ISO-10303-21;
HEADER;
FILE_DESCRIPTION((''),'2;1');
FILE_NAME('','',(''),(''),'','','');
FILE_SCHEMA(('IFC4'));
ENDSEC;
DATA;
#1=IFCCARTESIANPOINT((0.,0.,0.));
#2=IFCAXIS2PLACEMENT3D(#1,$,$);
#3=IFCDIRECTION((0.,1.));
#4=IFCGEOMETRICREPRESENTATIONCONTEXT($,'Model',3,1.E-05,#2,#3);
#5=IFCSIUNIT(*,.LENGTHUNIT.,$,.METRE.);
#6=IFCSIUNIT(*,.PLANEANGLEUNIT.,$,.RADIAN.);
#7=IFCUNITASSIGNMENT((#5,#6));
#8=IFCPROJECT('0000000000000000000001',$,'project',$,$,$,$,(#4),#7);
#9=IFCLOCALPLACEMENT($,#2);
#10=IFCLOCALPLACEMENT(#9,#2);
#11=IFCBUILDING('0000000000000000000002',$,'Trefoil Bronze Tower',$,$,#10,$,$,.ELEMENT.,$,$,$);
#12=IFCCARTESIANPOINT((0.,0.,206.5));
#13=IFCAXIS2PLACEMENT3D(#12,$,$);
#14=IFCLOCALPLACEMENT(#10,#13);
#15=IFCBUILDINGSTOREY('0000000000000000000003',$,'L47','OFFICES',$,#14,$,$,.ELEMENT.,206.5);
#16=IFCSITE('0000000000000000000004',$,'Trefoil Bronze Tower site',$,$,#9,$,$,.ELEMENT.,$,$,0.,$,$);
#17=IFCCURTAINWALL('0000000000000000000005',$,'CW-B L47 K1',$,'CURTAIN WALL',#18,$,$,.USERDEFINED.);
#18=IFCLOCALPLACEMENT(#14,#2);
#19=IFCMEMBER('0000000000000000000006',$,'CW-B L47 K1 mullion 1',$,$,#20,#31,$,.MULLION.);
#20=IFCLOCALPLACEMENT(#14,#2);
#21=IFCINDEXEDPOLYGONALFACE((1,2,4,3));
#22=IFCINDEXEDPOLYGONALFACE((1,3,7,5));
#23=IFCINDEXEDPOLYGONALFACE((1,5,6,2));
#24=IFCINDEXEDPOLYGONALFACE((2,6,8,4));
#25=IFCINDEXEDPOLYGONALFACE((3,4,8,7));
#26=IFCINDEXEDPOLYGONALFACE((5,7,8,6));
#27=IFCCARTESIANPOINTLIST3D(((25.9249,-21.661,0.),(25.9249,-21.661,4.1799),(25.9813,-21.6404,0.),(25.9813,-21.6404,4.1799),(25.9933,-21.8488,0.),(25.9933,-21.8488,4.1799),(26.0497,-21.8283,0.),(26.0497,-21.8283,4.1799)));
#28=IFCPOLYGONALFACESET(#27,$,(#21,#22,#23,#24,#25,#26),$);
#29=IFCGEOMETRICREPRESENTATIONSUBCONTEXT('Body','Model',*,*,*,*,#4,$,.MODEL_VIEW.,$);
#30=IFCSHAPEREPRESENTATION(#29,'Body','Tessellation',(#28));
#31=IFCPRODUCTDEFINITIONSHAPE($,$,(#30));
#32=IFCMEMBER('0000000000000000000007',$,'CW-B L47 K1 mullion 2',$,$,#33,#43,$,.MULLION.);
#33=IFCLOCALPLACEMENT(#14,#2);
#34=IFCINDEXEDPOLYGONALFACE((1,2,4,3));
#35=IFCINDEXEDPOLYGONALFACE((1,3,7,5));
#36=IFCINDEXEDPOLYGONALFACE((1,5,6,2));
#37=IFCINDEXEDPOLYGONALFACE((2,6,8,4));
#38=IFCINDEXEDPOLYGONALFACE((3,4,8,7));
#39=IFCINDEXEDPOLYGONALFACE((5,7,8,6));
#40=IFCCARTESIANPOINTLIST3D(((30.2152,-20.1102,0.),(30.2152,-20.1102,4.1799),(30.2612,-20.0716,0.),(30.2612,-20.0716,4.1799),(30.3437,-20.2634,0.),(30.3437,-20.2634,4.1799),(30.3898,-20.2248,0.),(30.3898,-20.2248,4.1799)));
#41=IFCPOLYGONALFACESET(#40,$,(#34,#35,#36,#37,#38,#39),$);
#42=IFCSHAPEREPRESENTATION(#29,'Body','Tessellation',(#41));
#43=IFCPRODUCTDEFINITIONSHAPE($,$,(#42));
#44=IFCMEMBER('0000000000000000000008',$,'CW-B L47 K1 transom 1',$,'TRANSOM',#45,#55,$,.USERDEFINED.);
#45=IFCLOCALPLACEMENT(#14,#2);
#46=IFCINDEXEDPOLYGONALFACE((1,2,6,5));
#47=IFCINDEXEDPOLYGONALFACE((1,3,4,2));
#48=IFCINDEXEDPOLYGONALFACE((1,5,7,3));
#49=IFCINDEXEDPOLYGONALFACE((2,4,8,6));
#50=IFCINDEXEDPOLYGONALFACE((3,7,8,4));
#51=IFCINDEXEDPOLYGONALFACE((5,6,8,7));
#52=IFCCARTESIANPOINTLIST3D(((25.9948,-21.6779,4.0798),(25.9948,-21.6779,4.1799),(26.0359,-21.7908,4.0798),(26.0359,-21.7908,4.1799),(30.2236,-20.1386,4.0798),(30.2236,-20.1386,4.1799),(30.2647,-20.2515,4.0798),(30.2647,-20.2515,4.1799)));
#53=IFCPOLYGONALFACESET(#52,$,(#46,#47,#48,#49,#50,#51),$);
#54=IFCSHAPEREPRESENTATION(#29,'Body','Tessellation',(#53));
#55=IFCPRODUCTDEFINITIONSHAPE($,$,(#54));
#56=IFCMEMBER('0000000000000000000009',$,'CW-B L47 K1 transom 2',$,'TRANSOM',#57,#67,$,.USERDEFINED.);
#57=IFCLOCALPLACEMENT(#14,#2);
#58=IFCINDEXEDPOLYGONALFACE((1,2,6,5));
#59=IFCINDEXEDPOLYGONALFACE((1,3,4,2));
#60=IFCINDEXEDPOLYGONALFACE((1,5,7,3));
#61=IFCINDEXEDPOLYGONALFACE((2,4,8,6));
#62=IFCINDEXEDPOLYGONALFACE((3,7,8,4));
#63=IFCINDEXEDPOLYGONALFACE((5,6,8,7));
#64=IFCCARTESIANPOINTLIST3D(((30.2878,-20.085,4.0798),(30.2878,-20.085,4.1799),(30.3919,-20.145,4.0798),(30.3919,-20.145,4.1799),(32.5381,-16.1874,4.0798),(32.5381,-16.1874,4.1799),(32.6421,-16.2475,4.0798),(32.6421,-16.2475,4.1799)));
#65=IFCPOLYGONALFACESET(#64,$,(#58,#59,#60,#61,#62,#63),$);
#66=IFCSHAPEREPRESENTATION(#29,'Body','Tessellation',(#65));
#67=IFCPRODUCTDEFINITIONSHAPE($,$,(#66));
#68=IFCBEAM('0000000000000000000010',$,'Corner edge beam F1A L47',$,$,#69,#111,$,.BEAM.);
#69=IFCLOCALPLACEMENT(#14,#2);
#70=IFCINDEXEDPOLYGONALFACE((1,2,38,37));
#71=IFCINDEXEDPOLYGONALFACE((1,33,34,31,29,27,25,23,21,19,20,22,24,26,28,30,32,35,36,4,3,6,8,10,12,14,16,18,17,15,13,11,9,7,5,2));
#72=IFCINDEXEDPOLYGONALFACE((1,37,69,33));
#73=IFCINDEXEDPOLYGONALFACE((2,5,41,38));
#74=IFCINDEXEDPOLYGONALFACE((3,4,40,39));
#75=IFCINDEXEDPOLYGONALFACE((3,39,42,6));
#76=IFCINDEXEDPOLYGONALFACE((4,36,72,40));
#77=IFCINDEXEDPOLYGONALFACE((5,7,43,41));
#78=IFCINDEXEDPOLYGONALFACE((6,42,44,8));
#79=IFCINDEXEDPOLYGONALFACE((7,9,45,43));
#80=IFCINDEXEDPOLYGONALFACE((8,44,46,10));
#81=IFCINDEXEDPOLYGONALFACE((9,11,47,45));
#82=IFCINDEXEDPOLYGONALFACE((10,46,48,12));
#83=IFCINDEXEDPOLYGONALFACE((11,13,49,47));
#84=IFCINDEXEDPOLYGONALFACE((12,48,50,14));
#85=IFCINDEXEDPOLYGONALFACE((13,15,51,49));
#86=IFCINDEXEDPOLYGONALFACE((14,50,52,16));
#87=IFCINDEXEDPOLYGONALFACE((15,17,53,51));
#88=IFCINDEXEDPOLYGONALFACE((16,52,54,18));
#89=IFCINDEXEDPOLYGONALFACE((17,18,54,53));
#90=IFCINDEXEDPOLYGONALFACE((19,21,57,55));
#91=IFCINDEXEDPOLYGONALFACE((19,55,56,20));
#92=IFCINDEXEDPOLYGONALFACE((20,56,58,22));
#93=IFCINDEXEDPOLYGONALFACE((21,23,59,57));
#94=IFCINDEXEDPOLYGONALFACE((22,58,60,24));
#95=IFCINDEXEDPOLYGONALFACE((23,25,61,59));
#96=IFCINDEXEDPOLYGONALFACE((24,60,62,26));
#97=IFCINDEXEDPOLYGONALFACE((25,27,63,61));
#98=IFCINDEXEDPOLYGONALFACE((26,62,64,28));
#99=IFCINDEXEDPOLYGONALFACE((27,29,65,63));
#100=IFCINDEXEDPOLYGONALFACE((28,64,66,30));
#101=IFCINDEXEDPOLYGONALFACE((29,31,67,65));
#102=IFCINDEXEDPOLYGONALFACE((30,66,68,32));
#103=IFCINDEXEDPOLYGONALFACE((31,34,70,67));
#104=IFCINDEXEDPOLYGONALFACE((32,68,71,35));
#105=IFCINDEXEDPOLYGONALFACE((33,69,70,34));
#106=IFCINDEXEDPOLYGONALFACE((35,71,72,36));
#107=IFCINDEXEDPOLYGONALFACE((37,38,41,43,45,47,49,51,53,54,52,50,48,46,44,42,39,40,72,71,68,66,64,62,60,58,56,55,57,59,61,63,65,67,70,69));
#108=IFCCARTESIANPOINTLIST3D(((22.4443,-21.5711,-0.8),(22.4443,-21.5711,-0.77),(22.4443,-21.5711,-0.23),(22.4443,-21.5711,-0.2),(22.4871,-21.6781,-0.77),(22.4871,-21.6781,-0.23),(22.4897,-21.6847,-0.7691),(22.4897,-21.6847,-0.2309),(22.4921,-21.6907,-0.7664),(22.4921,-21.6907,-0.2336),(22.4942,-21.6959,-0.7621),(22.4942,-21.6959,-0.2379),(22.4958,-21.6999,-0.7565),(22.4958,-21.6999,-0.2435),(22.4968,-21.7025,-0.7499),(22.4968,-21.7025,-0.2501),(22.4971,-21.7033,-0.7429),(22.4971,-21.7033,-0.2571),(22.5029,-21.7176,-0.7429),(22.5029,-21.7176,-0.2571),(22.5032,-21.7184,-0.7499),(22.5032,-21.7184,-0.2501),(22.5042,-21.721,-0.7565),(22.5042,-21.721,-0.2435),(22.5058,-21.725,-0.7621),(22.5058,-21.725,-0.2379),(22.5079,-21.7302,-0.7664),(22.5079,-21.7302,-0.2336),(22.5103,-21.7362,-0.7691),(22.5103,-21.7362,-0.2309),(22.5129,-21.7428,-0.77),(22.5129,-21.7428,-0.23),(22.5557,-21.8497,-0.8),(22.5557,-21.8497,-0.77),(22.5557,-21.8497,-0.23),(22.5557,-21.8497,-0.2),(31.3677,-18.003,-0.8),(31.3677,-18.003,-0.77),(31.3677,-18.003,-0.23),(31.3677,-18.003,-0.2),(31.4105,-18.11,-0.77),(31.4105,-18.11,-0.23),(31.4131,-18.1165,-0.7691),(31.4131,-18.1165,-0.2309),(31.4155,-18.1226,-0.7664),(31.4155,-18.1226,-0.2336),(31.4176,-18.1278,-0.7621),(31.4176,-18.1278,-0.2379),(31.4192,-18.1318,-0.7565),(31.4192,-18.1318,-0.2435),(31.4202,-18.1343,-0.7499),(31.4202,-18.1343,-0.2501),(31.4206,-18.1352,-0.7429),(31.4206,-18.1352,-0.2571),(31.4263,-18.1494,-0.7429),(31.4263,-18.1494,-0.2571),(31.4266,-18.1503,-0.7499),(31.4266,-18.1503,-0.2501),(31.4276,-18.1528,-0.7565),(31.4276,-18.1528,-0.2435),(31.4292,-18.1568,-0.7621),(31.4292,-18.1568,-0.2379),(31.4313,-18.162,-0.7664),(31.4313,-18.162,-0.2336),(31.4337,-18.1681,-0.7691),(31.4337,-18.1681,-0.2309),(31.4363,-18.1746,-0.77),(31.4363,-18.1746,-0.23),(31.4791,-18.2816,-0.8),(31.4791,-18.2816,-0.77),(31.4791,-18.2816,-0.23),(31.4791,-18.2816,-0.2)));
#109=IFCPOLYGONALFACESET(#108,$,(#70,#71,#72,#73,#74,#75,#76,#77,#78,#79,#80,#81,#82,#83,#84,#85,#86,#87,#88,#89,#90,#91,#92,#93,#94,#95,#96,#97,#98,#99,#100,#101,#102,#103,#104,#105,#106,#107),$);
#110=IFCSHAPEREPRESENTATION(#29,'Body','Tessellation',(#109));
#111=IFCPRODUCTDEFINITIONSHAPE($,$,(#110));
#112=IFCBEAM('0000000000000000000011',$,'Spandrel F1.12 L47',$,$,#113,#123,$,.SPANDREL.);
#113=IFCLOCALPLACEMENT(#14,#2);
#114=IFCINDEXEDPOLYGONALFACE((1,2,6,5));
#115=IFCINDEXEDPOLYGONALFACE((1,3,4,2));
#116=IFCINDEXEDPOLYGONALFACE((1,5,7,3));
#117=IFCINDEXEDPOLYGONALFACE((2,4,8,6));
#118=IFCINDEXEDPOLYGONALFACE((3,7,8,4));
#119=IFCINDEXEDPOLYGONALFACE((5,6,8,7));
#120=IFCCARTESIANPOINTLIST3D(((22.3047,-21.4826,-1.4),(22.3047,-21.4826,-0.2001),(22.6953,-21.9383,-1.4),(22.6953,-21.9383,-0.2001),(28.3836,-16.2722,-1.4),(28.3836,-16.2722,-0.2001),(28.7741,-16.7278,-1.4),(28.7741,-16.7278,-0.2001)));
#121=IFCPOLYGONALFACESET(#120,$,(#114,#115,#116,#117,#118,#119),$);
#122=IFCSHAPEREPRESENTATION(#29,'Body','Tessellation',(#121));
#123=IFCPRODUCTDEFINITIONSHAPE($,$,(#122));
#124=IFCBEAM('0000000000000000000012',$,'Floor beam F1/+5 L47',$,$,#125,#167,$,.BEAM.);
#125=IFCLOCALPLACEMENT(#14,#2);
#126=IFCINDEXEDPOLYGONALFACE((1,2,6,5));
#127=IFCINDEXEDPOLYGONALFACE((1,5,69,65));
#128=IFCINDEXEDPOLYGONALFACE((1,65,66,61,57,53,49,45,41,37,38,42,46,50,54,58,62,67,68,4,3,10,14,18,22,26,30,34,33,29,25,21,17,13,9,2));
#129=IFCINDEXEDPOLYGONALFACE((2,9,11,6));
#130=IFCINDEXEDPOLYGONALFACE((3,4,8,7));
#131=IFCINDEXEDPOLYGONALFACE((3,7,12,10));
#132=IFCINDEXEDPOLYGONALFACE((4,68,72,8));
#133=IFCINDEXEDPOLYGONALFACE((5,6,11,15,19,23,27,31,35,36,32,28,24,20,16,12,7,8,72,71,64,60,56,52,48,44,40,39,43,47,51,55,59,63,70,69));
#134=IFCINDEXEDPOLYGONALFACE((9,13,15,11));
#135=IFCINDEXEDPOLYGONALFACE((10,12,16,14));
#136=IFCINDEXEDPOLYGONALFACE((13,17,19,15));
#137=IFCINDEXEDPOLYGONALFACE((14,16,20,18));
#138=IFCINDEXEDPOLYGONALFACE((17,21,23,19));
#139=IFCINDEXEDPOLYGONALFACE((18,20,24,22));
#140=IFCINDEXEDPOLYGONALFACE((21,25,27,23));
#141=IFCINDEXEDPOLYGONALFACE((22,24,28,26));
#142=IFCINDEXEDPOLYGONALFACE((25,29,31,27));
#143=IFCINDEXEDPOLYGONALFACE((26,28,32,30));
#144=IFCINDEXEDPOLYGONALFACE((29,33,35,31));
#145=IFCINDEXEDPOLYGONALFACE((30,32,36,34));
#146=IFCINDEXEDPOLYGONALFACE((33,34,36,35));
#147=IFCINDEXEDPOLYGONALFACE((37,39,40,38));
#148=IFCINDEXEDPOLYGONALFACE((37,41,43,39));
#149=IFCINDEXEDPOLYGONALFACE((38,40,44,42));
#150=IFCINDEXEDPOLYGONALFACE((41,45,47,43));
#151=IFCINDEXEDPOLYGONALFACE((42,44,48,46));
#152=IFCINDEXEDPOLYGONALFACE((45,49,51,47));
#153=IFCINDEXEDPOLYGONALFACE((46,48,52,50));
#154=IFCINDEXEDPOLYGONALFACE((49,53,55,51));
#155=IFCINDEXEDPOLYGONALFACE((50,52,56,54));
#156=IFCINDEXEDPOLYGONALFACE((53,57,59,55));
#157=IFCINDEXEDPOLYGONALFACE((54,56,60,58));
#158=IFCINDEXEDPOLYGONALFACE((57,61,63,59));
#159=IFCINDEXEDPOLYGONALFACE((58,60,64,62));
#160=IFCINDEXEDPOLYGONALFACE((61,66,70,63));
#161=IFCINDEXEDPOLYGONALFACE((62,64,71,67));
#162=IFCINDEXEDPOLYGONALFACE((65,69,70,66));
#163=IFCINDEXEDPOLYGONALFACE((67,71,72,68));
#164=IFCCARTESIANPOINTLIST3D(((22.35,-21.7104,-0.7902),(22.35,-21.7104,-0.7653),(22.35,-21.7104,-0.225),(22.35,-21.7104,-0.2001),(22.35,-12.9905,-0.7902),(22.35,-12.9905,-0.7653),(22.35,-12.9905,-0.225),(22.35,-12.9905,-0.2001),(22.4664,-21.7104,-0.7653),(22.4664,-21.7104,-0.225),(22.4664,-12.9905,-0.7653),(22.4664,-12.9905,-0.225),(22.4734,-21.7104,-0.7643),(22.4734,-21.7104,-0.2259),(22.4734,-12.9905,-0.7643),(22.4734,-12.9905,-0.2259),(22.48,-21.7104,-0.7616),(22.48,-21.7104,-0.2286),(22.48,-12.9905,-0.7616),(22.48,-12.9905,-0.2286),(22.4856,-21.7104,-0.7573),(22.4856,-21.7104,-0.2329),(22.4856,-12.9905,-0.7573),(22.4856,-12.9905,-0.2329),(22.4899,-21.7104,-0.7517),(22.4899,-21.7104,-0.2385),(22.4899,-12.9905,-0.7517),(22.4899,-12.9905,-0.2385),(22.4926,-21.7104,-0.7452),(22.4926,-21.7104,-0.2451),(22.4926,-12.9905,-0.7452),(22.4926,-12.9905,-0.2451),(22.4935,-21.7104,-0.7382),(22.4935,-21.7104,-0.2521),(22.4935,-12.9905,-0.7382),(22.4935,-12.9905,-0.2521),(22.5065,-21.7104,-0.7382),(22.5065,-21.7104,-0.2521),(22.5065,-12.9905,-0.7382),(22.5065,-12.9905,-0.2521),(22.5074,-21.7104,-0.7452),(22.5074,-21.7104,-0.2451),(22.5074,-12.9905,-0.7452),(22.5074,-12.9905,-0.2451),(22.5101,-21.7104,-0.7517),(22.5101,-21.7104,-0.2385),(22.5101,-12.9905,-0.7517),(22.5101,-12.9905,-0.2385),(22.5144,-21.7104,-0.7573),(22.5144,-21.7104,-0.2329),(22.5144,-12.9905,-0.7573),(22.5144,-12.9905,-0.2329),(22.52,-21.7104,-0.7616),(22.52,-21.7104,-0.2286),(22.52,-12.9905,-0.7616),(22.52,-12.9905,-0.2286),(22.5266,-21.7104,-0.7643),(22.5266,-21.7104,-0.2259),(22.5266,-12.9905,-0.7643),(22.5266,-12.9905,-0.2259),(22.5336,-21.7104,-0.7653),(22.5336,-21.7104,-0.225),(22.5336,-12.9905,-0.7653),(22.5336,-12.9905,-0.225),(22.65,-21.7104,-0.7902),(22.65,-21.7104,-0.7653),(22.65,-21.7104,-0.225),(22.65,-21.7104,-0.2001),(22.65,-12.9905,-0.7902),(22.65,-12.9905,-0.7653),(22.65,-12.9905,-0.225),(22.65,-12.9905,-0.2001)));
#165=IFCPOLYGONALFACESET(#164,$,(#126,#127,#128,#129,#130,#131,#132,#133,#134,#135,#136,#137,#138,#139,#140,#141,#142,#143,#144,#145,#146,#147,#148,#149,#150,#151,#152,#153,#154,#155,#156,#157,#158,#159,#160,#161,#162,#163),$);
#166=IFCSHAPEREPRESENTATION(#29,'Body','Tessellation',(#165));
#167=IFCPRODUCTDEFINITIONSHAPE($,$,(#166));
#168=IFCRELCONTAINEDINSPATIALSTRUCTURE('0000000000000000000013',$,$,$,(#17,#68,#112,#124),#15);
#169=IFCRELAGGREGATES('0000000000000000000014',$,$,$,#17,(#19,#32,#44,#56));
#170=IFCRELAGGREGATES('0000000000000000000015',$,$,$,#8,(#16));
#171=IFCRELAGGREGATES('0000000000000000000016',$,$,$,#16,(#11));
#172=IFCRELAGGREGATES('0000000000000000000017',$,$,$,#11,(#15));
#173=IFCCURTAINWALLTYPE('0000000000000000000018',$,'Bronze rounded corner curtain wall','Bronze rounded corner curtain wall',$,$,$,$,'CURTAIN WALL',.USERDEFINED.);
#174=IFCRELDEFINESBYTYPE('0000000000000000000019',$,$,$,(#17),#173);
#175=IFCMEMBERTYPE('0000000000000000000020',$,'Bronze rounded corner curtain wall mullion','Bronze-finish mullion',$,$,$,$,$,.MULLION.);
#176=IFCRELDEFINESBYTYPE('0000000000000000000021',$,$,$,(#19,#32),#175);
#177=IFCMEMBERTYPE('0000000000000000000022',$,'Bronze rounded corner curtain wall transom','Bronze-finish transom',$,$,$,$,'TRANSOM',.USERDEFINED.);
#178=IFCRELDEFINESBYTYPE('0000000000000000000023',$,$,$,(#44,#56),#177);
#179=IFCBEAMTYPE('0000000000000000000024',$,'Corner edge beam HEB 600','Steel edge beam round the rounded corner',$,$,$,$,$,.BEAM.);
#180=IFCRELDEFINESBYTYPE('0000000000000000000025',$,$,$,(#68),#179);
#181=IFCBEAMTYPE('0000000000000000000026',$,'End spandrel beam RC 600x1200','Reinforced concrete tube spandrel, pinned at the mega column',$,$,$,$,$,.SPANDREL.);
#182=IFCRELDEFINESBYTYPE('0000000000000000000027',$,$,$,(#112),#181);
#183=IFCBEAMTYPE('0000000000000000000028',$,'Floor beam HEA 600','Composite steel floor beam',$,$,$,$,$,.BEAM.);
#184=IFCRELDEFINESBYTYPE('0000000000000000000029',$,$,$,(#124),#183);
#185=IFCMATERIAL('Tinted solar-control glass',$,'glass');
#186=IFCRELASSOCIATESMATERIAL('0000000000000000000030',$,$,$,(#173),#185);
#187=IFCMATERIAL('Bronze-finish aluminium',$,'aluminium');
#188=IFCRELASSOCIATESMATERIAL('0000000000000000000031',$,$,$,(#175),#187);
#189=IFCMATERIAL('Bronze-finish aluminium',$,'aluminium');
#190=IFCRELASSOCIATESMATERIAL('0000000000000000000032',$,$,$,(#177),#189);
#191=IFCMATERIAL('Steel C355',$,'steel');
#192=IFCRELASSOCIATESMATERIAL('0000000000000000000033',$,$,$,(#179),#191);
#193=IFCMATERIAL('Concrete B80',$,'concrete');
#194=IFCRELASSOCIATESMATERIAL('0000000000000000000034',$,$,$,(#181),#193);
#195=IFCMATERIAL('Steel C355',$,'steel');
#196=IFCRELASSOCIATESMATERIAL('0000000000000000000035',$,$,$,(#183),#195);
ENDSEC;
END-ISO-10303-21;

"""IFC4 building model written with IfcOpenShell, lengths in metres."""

from ifc_helpers import new_model, si_unit, direction, frame, origin, origin_2d, place, context, subcontext, project, spatial, rectangle, i_section, extrude, material, material_profile, profile_set, type_object, element, aggregate, save


model = new_model("IFC4")

# Units and contexts
model_context = context("Model", 3, precision=1e-05, world=origin(), true_north=direction((0.0, 1.0)))
body_context = subcontext(model_context, "Body", "Model", "MODEL_VIEW")
ifc_project = project(units=[si_unit("LENGTHUNIT", "METRE"), si_unit("PLANEANGLEUNIT", "RADIAN")], contexts=[model_context])

# Site, building, storey
site_placement = place(None, origin())
site = spatial("IfcSite", under=ifc_project, at=site_placement, Name="Trefoil Bronze Tower site", CompositionType="ELEMENT", RefElevation=0.0)
building_placement = place(site_placement, origin())
building = spatial("IfcBuilding", under=site, at=building_placement, Name="Trefoil Bronze Tower", CompositionType="ELEMENT")
storey_placement = place(building_placement, frame((0.0, 0.0, 206.5)))
storey = spatial("IfcBuildingStorey", under=building, at=storey_placement, Name="L47", Description="OFFICES", CompositionType="ELEMENT", Elevation=206.5)

# Curtain wall, members
ifc_material_1 = material(Name="Tinted solar-control glass", Category="glass")
curtain_wall_type_1 = type_object("IfcCurtainWallType", Name="Bronze rounded corner curtain wall", Description="Bronze rounded corner curtain wall", ElementType="CURTAIN WALL", PredefinedType="USERDEFINED", material=ifc_material_1)
curtain_wall_1_placement = place(storey_placement, origin())
curtain_wall_1 = element("IfcCurtainWall", 1, at=curtain_wall_1_placement, inside=storey, type_object=curtain_wall_type_1, Name="CW-B L47 K1", ObjectType="CURTAIN WALL", PredefinedType="USERDEFINED")
ifc_material_2 = material(Name="Bronze-finish aluminium", Category="aluminium")
ifc_material_profile_1 = material_profile(ifc_material_2, rectangle(XDim=0.2, YDim=0.0601, at=origin_2d()), Name="CW-B mullion")
ifc_profile_set_1 = profile_set([ifc_material_profile_1], Name="Bronze-finish aluminium")
member_type_1 = type_object("IfcMemberType", Name="Bronze rounded corner curtain wall mullion", Description="Bronze-finish mullion", PredefinedType="MULLION", material=ifc_profile_set_1)
member_1_placement = place(storey_placement, frame((25.9873, -21.7446, 0.0), z_axis=(0.0, 0.0, 1.0), x_axis=(-0.34202, 0.939693, 0.0)))
member_1 = element("IfcMember", 2, at=member_1_placement, type_object=member_type_1, Name="CW-B L47 K1 mullion 1", PredefinedType="MULLION", context=body_context, shape_type="SweptSolid", body=[
    extrude(rectangle(XDim=0.2, YDim=0.0601, at=origin_2d()), origin(), (0.0, 0.0, 1.0), 4.1799),
])
member_2_placement = place(storey_placement, frame((30.3025, -20.1675, 0.0), z_axis=(0.0, 0.0, 1.0), x_axis=(-0.642788, 0.766044, 0.0)))
member_2 = element("IfcMember", 3, at=member_2_placement, type_object=member_type_1, Name="CW-B L47 K1 mullion 2", PredefinedType="MULLION", context=body_context, shape_type="SweptSolid", body=[
    extrude(rectangle(XDim=0.2, YDim=0.0601, at=origin_2d()), origin(), (0.0, 0.0, 1.0), 4.1799),
])
ifc_material_3 = material(Name="Bronze-finish aluminium", Category="aluminium")
ifc_material_profile_2 = material_profile(ifc_material_3, rectangle(XDim=0.1201, YDim=0.1001, at=origin_2d()), Name="CW-B transom")
ifc_profile_set_2 = profile_set([ifc_material_profile_2], Name="Bronze-finish aluminium")
member_type_2 = type_object("IfcMemberType", Name="Bronze rounded corner curtain wall transom", Description="Bronze-finish transom", ElementType="TRANSOM", PredefinedType="USERDEFINED", material=ifc_profile_set_2)
member_3_placement = place(storey_placement, frame((26.0154, -21.7344, 4.1299), z_axis=(0.939681, 0.342052, 0.0), x_axis=(-0.342052, 0.939681, 0.0)))
member_3 = element("IfcMember", 4, at=member_3_placement, type_object=member_type_2, Name="CW-B L47 K1 transom 1", ObjectType="TRANSOM", PredefinedType="USERDEFINED", context=body_context, shape_type="SweptSolid", body=[
    extrude(rectangle(XDim=0.1201, YDim=0.1001, at=origin_2d()), origin(), (0.0, 0.0, 1.0), 4.5002),
])
member_4_placement = place(storey_placement, frame((30.3398, -20.115, 4.1299), z_axis=(0.500007, 0.866021, 0.0), x_axis=(-0.866021, 0.500007, 0.0)))
member_4 = element("IfcMember", 5, at=member_4_placement, type_object=member_type_2, Name="CW-B L47 K1 transom 2", ObjectType="TRANSOM", PredefinedType="USERDEFINED", context=body_context, shape_type="SweptSolid", body=[
    extrude(rectangle(XDim=0.1201, YDim=0.1001, at=origin_2d()), origin(), (0.0, 0.0, 1.0), 4.5005),
])

# Beams
ifc_material_4 = material(Name="Steel C355", Category="steel")
ifc_material_profile_3 = material_profile(ifc_material_4, i_section(OverallWidth=0.3, OverallDepth=0.6001, WebThickness=0.0154, FlangeThickness=0.03, FilletRadius=0.0271, at=origin_2d()), Name="HEB 600")
ifc_profile_set_3 = profile_set([ifc_material_profile_3], Name="Steel C355")
beam_type_1 = type_object("IfcBeamType", Name="Corner edge beam HEB 600", Description="Steel edge beam round the rounded corner", PredefinedType="BEAM", material=ifc_profile_set_3)
beam_1_placement = place(storey_placement, frame((22.5, -21.7104, -0.5), z_axis=(0.92852, 0.371281, 0.0), x_axis=(-0.371281, 0.92852, 0.0)))
element("IfcBeam", 6, at=beam_1_placement, inside=storey, type_object=beam_type_1, Name="Corner edge beam F1A L47", PredefinedType="BEAM", context=body_context, shape_type="SweptSolid", body=[
    extrude(i_section(OverallWidth=0.3, OverallDepth=0.6001, WebThickness=0.0154, FlangeThickness=0.03, FilletRadius=0.0271, at=origin_2d()), origin(), (0.0, 0.0, 1.0), 9.6104),
])
ifc_material_5 = material(Name="Concrete B80", Category="concrete")
ifc_material_profile_4 = material_profile(ifc_material_5, rectangle(XDim=0.6001, YDim=1.2, at=origin_2d()), Name="RC 600x1200")
ifc_profile_set_4 = profile_set([ifc_material_profile_4], Name="Concrete B80")
beam_type_2 = type_object("IfcBeamType", Name="End spandrel beam RC 600x1200", Description="Reinforced concrete tube spandrel, pinned at the mega column", PredefinedType="SPANDREL", material=ifc_profile_set_4)
beam_2_placement = place(storey_placement, frame((22.5, -21.7104, -0.8), z_axis=(0.759257, 0.650791, 0.0), x_axis=(-0.650791, 0.759257, 0.0)))
element("IfcBeam", 7, at=beam_2_placement, inside=storey, type_object=beam_type_2, Name="Spandrel F1.12 L47", PredefinedType="SPANDREL", context=body_context, shape_type="SweptSolid", body=[
    extrude(rectangle(XDim=0.6001, YDim=1.2, at=origin_2d()), origin(), (0.0, 0.0, 1.0), 8.0063),
])
ifc_material_6 = material(Name="Steel C355", Category="steel")
ifc_material_profile_5 = material_profile(ifc_material_6, i_section(OverallWidth=0.3, OverallDepth=0.5901, WebThickness=0.0129, FlangeThickness=0.0249, FilletRadius=0.0271, at=origin_2d()), Name="HEA 600")
ifc_profile_set_5 = profile_set([ifc_material_profile_5], Name="Steel C355")
beam_type_3 = type_object("IfcBeamType", Name="Floor beam HEA 600", Description="Composite steel floor beam", PredefinedType="BEAM", material=ifc_profile_set_5)
beam_3_placement = place(storey_placement, frame((22.5, -21.7104, -0.4951), z_axis=(0.0, 1.0, 0.0), x_axis=(-1.0, 0.0, 0.0)))
element("IfcBeam", 8, at=beam_3_placement, inside=storey, type_object=beam_type_3, Name="Floor beam F1/+5 L47", PredefinedType="BEAM", context=body_context, shape_type="SweptSolid", body=[
    extrude(i_section(OverallWidth=0.3, OverallDepth=0.5901, WebThickness=0.0129, FlangeThickness=0.0249, FilletRadius=0.0271, at=origin_2d()), origin(), (0.0, 0.0, 1.0), 8.72),
])

aggregate(curtain_wall_1, [member_1, member_2, member_3, member_4])

save(model, "model.ifc")
